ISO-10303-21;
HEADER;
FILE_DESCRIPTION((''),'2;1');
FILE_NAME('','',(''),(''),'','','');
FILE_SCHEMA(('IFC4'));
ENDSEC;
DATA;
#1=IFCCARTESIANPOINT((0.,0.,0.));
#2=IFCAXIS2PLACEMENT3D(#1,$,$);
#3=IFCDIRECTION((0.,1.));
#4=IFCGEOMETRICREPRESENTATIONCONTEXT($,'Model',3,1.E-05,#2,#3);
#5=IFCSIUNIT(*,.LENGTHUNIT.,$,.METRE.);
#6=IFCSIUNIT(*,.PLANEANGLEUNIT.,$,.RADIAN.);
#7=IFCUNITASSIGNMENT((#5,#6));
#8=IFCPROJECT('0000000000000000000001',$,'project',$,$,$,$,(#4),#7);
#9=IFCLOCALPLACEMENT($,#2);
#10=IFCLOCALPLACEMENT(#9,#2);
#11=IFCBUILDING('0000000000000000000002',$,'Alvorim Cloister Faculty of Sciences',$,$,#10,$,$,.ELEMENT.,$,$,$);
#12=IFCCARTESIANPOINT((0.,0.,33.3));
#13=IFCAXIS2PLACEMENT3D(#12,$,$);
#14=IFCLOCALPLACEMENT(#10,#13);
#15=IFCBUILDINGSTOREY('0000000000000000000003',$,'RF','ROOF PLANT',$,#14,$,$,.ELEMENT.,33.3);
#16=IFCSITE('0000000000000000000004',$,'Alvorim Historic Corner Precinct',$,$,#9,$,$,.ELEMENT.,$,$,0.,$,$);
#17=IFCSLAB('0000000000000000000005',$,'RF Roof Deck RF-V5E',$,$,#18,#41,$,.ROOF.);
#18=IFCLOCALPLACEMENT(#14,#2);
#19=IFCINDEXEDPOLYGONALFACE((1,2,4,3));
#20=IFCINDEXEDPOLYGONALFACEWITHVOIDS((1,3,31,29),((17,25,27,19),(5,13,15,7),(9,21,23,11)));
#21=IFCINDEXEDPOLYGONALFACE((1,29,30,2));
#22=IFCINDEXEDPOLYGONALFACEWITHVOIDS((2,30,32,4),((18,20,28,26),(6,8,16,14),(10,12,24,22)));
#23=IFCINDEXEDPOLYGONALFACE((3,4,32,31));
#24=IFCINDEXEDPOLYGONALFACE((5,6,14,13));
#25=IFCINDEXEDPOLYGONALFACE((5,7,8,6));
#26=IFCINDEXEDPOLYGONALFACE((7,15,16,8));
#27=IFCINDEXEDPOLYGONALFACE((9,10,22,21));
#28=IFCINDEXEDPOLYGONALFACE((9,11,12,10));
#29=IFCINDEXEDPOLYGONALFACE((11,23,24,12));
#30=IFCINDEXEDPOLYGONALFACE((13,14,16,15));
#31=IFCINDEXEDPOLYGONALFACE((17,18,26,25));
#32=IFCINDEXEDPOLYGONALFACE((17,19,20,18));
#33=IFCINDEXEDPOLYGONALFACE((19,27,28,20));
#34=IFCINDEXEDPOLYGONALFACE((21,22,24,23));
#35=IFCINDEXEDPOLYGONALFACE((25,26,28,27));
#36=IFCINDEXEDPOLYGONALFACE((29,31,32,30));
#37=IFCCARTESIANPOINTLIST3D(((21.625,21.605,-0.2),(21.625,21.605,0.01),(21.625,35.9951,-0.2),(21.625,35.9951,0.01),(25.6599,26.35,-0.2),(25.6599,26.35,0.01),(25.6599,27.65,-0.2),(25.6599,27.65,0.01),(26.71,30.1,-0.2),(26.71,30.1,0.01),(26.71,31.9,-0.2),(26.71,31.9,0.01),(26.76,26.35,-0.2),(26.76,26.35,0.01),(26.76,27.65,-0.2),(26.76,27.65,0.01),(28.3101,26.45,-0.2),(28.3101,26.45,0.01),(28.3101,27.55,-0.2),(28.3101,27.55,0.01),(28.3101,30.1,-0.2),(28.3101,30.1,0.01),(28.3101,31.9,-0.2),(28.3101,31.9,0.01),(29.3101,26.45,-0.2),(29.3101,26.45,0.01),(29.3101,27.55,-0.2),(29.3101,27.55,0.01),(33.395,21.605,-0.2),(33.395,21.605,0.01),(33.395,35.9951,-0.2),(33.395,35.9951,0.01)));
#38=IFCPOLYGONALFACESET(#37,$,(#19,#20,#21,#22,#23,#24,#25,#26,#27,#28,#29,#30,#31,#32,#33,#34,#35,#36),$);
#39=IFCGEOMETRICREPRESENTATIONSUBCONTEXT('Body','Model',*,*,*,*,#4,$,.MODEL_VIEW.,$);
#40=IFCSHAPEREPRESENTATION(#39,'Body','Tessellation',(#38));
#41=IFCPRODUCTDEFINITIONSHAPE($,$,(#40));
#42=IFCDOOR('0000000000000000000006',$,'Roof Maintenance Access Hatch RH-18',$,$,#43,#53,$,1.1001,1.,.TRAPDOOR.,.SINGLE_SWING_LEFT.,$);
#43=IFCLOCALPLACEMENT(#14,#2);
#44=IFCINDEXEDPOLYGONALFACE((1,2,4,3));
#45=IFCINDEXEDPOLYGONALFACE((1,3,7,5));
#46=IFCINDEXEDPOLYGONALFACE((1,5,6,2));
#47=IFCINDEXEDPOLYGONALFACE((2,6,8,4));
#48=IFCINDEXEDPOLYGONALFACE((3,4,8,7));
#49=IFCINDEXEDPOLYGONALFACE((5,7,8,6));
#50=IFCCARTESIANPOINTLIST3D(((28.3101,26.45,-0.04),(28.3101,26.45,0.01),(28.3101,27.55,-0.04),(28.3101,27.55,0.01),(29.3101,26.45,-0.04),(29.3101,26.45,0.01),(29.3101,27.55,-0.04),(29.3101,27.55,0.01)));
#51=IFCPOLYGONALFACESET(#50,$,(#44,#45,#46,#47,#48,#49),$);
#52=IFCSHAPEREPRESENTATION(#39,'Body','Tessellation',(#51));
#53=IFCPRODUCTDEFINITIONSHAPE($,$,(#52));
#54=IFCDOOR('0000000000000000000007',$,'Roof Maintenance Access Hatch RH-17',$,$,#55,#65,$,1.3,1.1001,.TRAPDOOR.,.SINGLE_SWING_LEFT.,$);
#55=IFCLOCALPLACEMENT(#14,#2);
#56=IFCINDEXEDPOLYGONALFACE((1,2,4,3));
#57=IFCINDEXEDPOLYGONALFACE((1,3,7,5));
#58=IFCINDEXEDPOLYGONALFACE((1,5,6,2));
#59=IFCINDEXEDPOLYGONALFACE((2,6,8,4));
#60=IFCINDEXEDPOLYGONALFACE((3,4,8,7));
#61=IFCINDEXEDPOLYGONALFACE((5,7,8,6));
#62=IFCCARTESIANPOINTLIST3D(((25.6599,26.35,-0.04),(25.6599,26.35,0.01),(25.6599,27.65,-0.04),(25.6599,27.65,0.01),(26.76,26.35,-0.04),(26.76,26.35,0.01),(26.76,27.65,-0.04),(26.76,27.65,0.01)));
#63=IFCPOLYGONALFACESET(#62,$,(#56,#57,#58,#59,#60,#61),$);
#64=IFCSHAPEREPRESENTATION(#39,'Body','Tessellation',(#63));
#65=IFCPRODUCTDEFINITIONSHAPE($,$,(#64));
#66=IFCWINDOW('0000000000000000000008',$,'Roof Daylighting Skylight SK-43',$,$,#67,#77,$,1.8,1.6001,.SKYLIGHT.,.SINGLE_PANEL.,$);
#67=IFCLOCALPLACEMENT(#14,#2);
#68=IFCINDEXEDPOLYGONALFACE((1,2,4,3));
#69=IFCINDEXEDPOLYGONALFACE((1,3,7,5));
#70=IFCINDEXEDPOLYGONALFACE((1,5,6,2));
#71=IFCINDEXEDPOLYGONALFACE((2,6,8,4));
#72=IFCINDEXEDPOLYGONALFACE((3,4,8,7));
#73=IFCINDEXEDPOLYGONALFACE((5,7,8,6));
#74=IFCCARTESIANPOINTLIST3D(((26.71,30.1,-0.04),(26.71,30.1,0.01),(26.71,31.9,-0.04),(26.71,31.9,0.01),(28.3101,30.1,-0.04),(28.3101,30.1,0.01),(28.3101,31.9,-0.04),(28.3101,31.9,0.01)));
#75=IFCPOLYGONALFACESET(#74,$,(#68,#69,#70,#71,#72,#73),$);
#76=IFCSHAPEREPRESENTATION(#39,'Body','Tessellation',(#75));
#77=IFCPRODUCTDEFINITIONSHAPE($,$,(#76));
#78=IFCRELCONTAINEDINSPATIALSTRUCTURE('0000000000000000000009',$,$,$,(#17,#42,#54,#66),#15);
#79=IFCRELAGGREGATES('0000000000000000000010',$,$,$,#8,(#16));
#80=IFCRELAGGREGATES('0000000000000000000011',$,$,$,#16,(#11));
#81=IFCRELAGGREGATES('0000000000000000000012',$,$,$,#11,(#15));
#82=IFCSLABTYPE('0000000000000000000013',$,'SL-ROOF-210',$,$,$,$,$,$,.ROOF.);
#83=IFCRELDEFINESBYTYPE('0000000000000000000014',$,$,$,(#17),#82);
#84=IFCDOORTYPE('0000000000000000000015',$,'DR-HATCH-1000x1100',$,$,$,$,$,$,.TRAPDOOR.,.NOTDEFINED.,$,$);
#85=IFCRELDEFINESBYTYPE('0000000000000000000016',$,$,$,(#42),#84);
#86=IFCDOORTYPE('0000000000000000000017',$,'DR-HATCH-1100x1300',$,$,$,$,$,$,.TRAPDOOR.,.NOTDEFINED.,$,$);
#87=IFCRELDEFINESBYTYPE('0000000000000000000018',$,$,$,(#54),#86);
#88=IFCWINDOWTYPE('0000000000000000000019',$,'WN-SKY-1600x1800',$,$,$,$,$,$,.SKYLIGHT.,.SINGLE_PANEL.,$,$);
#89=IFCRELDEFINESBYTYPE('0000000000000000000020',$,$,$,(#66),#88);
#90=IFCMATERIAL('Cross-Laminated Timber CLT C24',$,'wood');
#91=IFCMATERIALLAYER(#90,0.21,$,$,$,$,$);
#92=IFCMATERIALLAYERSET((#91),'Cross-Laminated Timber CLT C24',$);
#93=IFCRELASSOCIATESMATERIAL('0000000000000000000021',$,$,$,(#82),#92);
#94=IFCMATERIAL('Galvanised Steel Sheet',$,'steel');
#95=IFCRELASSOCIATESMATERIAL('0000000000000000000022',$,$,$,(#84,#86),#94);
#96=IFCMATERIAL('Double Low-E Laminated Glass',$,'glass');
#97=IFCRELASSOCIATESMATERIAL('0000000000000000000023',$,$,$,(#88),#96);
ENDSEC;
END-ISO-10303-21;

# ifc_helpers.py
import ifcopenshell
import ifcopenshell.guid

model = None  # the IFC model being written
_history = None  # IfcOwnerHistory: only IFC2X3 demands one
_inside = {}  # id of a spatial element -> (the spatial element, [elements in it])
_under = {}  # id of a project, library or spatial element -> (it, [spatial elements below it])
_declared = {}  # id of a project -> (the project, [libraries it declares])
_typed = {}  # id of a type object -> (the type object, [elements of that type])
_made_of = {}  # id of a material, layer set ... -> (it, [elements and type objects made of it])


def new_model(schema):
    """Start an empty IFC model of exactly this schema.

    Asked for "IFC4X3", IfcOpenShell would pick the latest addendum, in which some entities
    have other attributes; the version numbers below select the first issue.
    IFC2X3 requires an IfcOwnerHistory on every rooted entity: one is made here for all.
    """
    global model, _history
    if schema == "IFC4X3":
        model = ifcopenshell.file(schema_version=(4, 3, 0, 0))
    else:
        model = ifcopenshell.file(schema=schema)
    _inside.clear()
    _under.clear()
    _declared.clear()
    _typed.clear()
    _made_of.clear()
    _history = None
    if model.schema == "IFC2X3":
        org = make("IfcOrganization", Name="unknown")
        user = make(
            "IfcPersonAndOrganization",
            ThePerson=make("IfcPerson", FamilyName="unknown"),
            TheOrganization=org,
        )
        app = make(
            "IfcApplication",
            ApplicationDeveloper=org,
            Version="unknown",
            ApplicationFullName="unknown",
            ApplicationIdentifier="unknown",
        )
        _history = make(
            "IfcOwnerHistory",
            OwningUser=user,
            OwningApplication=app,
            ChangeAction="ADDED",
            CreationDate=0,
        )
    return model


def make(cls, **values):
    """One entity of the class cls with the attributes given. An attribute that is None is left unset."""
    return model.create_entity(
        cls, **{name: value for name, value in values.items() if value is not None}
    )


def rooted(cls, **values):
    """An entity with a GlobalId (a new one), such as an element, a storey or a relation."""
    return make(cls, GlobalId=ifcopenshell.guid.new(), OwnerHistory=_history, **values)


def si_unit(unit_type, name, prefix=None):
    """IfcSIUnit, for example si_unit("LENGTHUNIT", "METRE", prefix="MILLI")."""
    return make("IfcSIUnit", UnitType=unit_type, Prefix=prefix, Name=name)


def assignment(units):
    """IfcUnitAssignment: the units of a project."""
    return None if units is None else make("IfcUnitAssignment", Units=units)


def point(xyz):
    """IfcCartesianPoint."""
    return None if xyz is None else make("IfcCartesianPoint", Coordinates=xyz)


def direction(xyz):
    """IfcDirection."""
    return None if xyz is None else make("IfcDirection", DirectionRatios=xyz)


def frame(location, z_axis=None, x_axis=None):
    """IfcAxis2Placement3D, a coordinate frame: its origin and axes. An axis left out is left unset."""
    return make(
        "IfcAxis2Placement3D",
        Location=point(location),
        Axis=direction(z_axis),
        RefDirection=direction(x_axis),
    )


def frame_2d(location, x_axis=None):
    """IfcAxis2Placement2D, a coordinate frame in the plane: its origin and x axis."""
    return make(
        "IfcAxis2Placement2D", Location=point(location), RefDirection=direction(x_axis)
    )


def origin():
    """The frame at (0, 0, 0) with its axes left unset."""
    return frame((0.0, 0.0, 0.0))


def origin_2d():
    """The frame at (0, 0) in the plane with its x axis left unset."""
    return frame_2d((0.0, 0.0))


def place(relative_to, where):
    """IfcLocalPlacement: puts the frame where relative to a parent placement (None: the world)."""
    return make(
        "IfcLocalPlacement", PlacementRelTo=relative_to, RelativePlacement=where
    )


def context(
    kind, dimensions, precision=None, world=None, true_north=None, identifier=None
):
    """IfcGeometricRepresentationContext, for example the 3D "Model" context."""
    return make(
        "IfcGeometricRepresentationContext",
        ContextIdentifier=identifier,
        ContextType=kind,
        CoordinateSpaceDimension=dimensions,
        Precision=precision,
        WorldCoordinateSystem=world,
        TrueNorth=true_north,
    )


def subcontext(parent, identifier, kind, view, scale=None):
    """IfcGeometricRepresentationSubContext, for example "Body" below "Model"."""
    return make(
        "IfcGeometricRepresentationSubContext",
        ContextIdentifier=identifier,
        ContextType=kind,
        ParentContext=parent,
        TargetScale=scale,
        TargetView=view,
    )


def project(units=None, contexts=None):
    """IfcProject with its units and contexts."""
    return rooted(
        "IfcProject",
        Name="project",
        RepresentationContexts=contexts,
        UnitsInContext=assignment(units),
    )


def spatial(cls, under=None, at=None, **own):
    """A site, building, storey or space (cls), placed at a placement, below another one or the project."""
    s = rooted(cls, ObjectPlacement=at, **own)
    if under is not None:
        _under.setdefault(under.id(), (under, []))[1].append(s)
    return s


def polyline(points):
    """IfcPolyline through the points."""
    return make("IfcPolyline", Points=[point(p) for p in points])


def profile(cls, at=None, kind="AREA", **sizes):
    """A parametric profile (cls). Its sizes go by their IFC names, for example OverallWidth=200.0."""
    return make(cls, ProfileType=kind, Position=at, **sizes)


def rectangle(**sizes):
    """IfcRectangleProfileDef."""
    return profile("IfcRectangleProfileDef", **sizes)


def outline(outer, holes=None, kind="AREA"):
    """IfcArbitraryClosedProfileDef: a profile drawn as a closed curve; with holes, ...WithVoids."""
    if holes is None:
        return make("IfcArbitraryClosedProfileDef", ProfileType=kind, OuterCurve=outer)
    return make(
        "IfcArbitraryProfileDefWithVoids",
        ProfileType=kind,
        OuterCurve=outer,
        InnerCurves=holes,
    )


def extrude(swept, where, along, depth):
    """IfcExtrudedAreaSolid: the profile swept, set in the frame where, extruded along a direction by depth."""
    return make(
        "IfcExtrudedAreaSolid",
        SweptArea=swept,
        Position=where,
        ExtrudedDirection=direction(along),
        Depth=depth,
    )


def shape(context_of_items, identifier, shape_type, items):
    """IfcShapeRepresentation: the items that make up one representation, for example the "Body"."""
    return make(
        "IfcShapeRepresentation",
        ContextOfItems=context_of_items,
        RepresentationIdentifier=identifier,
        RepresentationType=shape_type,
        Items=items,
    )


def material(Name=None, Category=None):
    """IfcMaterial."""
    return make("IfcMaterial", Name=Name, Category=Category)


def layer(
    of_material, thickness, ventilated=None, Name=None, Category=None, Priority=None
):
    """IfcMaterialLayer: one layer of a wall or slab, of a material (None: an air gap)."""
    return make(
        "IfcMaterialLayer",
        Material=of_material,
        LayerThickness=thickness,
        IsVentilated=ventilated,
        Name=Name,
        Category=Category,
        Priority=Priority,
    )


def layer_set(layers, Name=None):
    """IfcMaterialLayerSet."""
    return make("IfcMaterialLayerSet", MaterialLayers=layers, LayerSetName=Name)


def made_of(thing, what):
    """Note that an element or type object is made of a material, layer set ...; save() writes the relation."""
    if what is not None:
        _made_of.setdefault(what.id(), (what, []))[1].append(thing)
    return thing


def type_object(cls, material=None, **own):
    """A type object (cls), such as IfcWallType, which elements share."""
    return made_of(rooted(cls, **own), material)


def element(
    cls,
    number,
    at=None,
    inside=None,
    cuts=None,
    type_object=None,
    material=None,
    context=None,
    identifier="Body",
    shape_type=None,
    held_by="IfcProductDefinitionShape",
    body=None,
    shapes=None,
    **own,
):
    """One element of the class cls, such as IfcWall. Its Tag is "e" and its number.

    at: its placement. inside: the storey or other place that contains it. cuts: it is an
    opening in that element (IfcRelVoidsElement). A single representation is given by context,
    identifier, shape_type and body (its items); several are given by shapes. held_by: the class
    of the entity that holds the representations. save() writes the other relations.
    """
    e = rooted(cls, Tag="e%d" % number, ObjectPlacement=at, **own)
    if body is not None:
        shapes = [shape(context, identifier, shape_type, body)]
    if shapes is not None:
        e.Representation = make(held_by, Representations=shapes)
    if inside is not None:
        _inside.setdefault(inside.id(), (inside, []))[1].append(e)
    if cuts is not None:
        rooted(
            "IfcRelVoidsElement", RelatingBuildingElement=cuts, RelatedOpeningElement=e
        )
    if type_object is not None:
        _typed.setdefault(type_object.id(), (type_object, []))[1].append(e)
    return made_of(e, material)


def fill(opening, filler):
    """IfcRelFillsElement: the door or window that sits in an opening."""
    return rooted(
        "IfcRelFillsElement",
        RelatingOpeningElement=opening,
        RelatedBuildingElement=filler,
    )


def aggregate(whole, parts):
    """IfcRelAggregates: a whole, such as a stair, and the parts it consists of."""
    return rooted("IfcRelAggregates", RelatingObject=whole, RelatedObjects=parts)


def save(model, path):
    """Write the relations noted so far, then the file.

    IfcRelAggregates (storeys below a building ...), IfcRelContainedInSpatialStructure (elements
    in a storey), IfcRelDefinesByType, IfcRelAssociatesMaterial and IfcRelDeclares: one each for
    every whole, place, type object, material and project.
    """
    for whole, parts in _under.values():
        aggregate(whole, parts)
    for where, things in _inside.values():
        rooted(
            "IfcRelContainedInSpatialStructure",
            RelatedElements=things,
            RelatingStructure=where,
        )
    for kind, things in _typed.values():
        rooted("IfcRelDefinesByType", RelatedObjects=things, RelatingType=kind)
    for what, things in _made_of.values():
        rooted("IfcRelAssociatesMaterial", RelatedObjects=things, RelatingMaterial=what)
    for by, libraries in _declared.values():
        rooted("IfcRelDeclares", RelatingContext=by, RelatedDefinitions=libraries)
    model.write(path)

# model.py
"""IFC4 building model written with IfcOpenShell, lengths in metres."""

from ifc_helpers import new_model, si_unit, direction, frame, origin, origin_2d, place, context, subcontext, project, spatial, polyline, rectangle, outline, extrude, material, layer, layer_set, type_object, element, fill, save


model = new_model("IFC4")

# Units and contexts
model_context = context("Model", 3, precision=1e-05, world=origin(), true_north=direction((0.0, 1.0)))
body_context = subcontext(model_context, "Body", "Model", "MODEL_VIEW")
ifc_project = project(units=[si_unit("LENGTHUNIT", "METRE"), si_unit("PLANEANGLEUNIT", "RADIAN")], contexts=[model_context])

# Site, building, storey
site_placement = place(None, origin())
site = spatial("IfcSite", under=ifc_project, at=site_placement, Name="Alvorim Historic Corner Precinct", CompositionType="ELEMENT", RefElevation=0.0)
building_placement = place(site_placement, origin())
building = spatial("IfcBuilding", under=site, at=building_placement, Name="Alvorim Cloister Faculty of Sciences", CompositionType="ELEMENT")
storey_placement = place(building_placement, frame((0.0, 0.0, 33.3)))
storey = spatial("IfcBuildingStorey", under=building, at=storey_placement, Name="RF", Description="ROOF PLANT", CompositionType="ELEMENT", Elevation=33.3)

# Shared definitions
ifc_material_1 = material(Name="Cross-Laminated Timber CLT C24", Category="wood")

# Shared definitions
ifc_layer_1 = layer(ifc_material_1, 0.21)
ifc_layer_set_1 = layer_set([ifc_layer_1], Name="Cross-Laminated Timber CLT C24")
slab_type_1 = type_object("IfcSlabType", Name="SL-ROOF-210", PredefinedType="ROOF", material=ifc_layer_set_1)
ifc_material_2 = material(Name="Galvanised Steel Sheet", Category="steel")
door_type_1 = type_object("IfcDoorType", Name="DR-HATCH-1000x1100", OperationType="NOTDEFINED", PredefinedType="TRAPDOOR", material=ifc_material_2)
door_type_2 = type_object("IfcDoorType", Name="DR-HATCH-1100x1300", OperationType="NOTDEFINED", PredefinedType="TRAPDOOR", material=ifc_material_2)
ifc_material_3 = material(Name="Double Low-E Laminated Glass", Category="glass")
window_type_1 = type_object("IfcWindowType", Name="WN-SKY-1600x1800", PartitioningType="SINGLE_PANEL", PredefinedType="SKYLIGHT", material=ifc_material_3)

# Slab, openings, doors, window
slab_1_placement = place(storey_placement, frame((0.0, 0.0, -0.2)))
slab_1 = element("IfcSlab", 1, at=slab_1_placement, inside=storey, type_object=slab_type_1, Name="RF Roof Deck RF-V5E", PredefinedType="ROOF", context=body_context, shape_type="SweptSolid", body=[
    extrude(outline(polyline([(21.625, 21.605), (33.395, 21.605), (33.395, 35.9951), (21.625, 35.9951), (21.625, 21.605)])), origin(), (0.0, 0.0, 1.0), 0.21),
])
opening_1_placement = place(slab_1_placement, frame((26.21, 27.0, -0.012)))
opening_1 = element("IfcOpeningElement", 2, at=opening_1_placement, cuts=slab_1, PredefinedType="OPENING", context=body_context, shape_type="SweptSolid", body=[
    extrude(rectangle(XDim=1.1001, YDim=1.3, at=origin_2d()), origin(), (0.0, 0.0, 1.0), 0.2339),
])
opening_2_placement = place(slab_1_placement, frame((28.8101, 27.0, -0.012)))
opening_2 = element("IfcOpeningElement", 3, at=opening_2_placement, cuts=slab_1, PredefinedType="OPENING", context=body_context, shape_type="SweptSolid", body=[
    extrude(rectangle(XDim=1.0, YDim=1.1001, at=origin_2d()), origin(), (0.0, 0.0, 1.0), 0.2339),
])
opening_3_placement = place(slab_1_placement, frame((27.51, 31.0, -0.012)))
opening_3 = element("IfcOpeningElement", 4, at=opening_3_placement, cuts=slab_1, PredefinedType="OPENING", context=body_context, shape_type="SweptSolid", body=[
    extrude(rectangle(XDim=1.6001, YDim=1.8, at=origin_2d()), origin(), (0.0, 0.0, 1.0), 0.2339),
])
door_1_placement = place(slab_1_placement, frame((28.8101, 27.0, 0.1599)))
door_1 = element("IfcDoor", 5, at=door_1_placement, inside=storey, type_object=door_type_1, Name="Roof Maintenance Access Hatch RH-18", OperationType="SINGLE_SWING_LEFT", OverallHeight=1.1001, OverallWidth=1.0, PredefinedType="TRAPDOOR", context=body_context, shape_type="SweptSolid", body=[
    extrude(rectangle(XDim=1.0, YDim=1.1001, at=origin_2d()), origin(), (0.0, 0.0, 1.0), 0.05),
])
fill(opening_2, door_1)
door_2_placement = place(slab_1_placement, frame((26.21, 27.0, 0.1599)))
door_2 = element("IfcDoor", 6, at=door_2_placement, inside=storey, type_object=door_type_2, Name="Roof Maintenance Access Hatch RH-17", OperationType="SINGLE_SWING_LEFT", OverallHeight=1.3, OverallWidth=1.1001, PredefinedType="TRAPDOOR", context=body_context, shape_type="SweptSolid", body=[
    extrude(rectangle(XDim=1.1001, YDim=1.3, at=origin_2d()), origin(), (0.0, 0.0, 1.0), 0.05),
])
fill(opening_1, door_2)
window_1_placement = place(slab_1_placement, frame((27.51, 31.0, 0.1599)))
window_1 = element("IfcWindow", 7, at=window_1_placement, inside=storey, type_object=window_type_1, Name="Roof Daylighting Skylight SK-43", OverallHeight=1.8, OverallWidth=1.6001, PartitioningType="SINGLE_PANEL", PredefinedType="SKYLIGHT", context=body_context, shape_type="SweptSolid", body=[
    extrude(rectangle(XDim=1.6001, YDim=1.8, at=origin_2d()), origin(), (0.0, 0.0, 1.0), 0.05),
])
fill(opening_3, window_1)

save(model, "model.ifc")
